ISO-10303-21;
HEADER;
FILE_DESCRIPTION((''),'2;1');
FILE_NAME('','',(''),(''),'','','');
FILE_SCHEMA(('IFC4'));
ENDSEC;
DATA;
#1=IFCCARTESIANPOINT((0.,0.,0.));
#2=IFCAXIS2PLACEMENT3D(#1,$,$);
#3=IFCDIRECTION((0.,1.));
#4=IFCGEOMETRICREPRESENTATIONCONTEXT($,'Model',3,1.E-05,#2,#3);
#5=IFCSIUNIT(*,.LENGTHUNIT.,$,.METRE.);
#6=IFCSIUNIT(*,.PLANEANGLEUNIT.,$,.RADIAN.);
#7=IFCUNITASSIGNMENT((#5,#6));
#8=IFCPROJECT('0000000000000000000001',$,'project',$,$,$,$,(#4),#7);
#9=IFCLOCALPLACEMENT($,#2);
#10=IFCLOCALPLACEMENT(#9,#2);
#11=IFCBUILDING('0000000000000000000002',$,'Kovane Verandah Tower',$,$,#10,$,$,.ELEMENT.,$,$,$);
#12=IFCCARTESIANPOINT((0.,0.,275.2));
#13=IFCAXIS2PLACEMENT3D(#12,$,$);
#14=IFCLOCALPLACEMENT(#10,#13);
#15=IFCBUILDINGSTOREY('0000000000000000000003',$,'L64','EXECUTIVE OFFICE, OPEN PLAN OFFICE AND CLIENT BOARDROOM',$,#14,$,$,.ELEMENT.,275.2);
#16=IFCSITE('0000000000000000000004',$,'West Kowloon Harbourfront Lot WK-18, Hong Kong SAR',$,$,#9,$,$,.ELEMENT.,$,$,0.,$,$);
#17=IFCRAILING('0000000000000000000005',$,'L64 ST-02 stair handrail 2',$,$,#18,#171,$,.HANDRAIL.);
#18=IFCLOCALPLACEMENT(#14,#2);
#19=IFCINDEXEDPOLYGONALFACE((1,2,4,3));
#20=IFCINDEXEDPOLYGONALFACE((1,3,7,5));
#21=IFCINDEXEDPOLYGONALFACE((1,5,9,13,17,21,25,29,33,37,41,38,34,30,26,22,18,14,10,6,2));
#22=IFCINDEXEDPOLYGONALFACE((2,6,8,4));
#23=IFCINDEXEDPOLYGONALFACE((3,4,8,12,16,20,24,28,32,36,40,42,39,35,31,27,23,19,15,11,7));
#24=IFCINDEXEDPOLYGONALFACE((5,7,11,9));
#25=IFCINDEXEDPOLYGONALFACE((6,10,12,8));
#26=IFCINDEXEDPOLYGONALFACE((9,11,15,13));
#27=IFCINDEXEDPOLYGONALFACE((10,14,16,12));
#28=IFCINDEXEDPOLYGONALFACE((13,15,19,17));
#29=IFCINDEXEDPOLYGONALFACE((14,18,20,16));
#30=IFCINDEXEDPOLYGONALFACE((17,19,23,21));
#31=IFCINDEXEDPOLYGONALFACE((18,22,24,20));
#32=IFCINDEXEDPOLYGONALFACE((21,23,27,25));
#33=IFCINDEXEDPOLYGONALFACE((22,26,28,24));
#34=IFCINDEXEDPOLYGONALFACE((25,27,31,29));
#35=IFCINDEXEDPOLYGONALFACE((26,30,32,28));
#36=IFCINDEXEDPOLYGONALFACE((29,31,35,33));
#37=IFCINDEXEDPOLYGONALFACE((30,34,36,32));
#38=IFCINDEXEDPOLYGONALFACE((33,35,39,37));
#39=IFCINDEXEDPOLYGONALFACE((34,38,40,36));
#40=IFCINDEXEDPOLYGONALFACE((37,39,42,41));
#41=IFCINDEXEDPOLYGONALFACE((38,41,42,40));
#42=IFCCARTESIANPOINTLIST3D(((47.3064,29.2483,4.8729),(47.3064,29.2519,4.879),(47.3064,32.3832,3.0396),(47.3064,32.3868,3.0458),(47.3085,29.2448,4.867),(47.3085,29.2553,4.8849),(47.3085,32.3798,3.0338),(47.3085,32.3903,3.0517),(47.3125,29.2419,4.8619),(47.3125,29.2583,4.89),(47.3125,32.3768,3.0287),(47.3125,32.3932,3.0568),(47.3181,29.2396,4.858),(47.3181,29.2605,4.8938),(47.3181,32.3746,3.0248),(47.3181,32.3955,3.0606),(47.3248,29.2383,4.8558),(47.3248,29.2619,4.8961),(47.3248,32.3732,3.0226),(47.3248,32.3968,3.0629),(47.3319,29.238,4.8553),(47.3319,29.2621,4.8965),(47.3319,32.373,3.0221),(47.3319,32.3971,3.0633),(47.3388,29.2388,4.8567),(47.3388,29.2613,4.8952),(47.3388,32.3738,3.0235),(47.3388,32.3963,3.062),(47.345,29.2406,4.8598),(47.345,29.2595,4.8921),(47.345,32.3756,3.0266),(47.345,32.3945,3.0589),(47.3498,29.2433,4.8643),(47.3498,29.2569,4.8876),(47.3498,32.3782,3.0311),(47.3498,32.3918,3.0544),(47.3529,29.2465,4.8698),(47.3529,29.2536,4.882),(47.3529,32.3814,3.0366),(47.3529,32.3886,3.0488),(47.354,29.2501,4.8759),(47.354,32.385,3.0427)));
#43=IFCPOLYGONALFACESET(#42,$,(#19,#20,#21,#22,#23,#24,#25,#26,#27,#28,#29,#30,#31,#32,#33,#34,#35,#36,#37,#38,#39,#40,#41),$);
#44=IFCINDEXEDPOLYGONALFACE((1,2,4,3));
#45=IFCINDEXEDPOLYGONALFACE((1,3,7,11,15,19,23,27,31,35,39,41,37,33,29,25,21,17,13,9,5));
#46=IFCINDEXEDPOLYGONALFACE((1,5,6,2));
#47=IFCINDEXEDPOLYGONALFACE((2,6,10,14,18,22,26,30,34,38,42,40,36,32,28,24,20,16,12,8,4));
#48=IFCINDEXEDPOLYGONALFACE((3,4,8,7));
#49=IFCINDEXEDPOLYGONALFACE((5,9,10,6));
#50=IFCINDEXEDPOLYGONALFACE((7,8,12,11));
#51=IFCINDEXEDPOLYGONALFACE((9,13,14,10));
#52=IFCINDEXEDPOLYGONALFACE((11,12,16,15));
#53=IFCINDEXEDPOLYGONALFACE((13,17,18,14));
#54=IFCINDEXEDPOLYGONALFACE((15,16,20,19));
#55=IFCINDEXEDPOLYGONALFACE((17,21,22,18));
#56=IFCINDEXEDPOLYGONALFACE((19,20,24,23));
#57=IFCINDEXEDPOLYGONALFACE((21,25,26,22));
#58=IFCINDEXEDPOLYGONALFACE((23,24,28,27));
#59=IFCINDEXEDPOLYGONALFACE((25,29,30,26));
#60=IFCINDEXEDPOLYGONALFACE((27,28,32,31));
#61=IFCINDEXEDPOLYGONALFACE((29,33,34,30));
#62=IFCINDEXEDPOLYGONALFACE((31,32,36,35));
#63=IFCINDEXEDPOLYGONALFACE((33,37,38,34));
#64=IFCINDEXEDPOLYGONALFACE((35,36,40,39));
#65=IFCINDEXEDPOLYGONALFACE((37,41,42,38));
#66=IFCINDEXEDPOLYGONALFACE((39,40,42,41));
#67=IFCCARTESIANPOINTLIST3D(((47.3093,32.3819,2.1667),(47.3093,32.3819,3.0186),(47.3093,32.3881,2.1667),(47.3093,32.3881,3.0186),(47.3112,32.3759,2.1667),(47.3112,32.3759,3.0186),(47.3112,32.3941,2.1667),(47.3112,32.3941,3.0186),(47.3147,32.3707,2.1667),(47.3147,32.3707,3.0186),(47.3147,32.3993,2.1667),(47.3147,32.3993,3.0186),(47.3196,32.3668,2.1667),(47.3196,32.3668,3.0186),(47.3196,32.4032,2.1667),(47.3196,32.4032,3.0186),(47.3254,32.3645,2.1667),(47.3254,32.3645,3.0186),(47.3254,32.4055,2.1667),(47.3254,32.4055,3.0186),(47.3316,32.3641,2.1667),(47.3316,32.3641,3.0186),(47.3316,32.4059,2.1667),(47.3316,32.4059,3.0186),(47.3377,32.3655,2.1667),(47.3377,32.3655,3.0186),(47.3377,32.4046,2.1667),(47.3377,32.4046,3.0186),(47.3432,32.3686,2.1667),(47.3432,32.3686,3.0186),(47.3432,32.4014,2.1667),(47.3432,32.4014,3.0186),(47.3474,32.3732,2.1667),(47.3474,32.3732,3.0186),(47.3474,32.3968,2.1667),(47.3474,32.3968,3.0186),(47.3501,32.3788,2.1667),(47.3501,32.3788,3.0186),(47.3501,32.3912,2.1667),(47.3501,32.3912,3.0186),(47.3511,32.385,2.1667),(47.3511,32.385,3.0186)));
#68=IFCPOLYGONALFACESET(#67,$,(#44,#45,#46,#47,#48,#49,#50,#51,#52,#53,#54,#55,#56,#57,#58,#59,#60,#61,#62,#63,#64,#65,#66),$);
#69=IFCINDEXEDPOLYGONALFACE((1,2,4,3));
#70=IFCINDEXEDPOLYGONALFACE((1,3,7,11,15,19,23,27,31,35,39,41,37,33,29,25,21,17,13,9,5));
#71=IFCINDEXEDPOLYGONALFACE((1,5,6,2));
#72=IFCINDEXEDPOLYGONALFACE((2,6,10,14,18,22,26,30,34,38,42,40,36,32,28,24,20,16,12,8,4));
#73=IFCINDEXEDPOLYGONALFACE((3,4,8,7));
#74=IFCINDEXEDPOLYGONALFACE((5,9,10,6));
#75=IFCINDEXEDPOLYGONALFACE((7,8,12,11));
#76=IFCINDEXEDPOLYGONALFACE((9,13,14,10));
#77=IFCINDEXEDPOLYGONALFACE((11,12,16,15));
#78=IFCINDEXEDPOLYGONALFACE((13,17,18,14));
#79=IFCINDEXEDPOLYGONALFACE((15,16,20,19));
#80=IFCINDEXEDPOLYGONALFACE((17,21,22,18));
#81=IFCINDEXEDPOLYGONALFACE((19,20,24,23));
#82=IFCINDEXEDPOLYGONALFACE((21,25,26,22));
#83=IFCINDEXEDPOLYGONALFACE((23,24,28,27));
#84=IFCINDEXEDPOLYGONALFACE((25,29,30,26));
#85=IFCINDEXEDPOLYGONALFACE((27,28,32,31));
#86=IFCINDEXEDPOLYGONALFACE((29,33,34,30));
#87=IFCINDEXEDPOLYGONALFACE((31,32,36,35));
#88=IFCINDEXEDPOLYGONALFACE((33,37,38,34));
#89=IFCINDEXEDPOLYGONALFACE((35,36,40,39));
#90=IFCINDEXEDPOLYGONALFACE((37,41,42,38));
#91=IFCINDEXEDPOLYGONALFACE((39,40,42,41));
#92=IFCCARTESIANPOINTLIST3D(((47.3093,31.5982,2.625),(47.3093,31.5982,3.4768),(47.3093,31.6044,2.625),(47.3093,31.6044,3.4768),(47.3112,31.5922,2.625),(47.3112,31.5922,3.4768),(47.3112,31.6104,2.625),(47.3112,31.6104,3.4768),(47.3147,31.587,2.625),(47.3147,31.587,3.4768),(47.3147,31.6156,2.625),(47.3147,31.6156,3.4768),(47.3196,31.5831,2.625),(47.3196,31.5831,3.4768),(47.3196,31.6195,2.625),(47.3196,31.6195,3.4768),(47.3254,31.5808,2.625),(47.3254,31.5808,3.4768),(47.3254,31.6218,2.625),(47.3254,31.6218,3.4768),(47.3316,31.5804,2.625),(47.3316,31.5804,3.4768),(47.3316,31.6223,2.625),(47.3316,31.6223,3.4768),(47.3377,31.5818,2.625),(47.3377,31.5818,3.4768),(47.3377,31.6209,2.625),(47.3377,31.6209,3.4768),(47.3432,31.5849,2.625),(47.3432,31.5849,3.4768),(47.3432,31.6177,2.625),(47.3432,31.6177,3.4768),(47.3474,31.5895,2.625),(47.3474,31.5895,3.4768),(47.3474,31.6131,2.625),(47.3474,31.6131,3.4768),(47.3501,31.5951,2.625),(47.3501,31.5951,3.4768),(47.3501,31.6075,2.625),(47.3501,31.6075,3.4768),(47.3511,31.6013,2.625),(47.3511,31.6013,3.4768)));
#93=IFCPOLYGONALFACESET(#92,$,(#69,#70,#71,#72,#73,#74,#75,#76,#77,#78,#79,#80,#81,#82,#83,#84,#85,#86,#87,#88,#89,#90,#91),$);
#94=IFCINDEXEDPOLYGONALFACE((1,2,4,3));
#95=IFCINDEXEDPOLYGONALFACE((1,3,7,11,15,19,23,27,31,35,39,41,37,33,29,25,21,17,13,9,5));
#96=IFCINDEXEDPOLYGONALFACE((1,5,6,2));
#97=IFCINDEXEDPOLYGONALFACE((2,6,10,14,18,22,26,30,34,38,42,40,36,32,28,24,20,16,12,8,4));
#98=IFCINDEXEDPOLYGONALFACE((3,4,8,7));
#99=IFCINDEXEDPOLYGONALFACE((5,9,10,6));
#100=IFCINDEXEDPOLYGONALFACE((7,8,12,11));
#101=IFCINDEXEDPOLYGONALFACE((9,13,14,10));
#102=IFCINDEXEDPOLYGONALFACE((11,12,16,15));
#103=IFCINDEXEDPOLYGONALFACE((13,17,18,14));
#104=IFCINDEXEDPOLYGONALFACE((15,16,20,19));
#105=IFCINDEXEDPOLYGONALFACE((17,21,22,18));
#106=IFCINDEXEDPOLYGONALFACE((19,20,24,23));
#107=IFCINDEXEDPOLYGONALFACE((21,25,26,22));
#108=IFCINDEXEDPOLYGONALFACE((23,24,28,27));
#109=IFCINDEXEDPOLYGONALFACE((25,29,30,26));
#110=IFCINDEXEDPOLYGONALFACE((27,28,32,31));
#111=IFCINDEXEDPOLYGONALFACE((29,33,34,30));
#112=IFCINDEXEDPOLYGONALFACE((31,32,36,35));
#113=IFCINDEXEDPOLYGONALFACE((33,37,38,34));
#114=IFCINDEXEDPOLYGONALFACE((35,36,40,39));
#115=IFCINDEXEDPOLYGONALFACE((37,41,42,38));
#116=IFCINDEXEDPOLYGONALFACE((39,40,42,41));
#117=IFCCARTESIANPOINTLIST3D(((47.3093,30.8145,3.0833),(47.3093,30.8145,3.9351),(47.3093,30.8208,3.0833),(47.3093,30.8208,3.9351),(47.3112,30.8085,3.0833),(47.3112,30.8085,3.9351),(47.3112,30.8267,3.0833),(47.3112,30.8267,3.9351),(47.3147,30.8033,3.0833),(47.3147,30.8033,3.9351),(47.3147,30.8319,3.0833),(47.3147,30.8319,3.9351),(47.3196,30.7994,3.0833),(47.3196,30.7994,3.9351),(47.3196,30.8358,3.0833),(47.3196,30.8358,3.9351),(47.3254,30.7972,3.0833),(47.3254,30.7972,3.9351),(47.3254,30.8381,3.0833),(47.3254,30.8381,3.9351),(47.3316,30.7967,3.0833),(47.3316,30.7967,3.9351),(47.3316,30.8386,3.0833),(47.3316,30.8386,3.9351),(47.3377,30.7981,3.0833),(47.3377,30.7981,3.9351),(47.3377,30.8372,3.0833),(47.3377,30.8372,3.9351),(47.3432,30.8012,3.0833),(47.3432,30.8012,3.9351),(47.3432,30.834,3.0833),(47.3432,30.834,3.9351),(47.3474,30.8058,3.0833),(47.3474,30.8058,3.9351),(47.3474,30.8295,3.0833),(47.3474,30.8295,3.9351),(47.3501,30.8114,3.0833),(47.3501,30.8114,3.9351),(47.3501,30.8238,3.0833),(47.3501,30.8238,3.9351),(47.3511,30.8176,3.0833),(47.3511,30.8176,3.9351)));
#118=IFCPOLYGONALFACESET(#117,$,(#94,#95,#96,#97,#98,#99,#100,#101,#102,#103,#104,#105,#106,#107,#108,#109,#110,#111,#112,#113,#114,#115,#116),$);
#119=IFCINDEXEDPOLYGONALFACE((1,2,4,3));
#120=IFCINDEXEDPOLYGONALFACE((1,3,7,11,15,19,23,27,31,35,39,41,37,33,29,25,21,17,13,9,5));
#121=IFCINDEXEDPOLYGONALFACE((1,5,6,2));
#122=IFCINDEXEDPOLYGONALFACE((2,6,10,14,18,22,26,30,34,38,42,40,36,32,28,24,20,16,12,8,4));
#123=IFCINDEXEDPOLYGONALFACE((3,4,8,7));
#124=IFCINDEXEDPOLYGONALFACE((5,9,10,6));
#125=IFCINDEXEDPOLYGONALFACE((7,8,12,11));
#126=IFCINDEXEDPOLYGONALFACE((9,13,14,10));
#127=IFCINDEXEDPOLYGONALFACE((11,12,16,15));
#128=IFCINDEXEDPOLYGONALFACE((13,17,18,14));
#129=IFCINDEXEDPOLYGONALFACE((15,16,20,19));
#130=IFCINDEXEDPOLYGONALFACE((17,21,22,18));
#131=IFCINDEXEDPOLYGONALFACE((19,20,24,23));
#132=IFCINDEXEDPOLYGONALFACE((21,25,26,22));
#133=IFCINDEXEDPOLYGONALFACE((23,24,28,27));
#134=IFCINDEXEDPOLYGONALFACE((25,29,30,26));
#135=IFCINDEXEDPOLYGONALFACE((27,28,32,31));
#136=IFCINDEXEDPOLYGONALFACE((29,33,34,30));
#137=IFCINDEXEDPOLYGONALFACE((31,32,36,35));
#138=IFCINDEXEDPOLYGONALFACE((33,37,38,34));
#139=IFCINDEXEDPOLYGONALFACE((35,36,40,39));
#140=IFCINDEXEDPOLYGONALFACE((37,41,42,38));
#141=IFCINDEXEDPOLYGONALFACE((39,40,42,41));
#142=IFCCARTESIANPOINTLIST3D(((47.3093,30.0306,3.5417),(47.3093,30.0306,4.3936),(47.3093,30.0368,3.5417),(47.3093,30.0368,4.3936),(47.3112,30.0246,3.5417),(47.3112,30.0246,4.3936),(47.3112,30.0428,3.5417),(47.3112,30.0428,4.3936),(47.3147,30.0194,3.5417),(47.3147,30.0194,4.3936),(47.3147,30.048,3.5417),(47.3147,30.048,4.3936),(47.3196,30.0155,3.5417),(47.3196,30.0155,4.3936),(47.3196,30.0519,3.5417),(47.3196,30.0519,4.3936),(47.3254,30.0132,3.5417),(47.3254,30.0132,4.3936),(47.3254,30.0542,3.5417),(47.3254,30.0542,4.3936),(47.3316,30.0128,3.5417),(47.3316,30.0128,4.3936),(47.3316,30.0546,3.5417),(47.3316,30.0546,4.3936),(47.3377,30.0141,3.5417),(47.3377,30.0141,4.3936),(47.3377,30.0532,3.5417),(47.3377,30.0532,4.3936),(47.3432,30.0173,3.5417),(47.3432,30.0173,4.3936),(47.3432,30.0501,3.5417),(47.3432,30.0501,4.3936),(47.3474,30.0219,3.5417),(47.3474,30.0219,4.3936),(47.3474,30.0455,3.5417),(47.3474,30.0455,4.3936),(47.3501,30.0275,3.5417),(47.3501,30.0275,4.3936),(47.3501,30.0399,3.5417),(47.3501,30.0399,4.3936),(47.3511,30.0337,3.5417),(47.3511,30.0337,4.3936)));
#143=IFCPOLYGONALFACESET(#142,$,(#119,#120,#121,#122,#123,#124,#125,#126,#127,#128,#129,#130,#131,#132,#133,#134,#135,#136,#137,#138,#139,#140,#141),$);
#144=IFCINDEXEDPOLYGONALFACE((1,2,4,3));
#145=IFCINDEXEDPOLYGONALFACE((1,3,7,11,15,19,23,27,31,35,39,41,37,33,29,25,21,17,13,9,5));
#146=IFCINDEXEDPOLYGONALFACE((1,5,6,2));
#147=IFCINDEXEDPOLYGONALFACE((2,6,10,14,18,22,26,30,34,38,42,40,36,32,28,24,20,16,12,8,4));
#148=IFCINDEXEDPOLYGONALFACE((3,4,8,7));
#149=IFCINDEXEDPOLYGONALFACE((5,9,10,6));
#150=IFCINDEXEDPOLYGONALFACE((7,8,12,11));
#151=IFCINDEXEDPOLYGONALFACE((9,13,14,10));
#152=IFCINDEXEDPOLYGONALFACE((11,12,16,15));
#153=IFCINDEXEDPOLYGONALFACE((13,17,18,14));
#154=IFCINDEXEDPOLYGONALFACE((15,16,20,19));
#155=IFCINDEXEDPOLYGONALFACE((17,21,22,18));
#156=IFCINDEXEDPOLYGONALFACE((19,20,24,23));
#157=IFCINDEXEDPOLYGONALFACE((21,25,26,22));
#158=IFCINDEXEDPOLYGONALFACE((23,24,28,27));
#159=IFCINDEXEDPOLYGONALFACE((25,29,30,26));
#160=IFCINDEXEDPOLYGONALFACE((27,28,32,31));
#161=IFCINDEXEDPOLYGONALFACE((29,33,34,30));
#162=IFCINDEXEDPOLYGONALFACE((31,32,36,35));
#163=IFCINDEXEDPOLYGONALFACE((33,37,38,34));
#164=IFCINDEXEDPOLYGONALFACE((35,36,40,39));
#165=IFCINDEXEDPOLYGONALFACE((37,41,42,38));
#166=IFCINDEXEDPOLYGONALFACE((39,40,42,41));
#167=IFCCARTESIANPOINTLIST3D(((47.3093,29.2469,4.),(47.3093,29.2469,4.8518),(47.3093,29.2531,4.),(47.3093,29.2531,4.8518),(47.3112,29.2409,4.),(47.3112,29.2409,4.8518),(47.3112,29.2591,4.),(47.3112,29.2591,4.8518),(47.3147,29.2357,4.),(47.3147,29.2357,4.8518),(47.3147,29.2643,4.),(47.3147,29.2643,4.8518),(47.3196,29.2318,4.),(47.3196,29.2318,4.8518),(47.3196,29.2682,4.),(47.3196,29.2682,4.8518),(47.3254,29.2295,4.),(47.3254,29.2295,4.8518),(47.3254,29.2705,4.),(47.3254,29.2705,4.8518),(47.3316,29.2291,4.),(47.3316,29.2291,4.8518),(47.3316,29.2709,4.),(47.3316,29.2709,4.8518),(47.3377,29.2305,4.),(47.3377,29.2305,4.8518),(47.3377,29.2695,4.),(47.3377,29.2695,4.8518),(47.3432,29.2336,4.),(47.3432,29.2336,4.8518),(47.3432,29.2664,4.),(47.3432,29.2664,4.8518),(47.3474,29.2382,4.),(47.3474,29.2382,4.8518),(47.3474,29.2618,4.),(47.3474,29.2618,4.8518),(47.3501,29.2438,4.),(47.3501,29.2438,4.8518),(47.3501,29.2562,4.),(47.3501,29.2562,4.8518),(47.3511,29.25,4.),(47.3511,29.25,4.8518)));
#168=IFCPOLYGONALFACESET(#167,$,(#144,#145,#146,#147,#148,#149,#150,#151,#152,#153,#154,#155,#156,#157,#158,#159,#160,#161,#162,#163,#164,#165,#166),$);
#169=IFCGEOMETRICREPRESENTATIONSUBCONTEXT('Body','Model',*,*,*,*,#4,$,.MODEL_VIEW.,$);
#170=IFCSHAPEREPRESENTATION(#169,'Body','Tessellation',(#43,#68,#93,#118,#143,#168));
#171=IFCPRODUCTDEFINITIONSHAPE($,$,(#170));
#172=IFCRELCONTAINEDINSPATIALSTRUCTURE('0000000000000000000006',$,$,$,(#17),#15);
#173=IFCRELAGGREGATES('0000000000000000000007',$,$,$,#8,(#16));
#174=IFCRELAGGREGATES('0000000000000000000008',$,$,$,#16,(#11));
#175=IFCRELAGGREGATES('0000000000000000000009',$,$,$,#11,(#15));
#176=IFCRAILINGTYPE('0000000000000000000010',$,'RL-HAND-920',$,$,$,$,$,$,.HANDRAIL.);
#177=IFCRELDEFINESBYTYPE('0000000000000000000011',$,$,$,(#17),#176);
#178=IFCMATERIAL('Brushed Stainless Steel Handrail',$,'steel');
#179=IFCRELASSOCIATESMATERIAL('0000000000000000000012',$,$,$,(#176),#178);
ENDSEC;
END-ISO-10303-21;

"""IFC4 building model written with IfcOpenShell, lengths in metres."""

from ifc_helpers import new_model, si_unit, direction, frame, origin, origin_2d, place, context, subcontext, project, spatial, circle, extrude, material, type_object, element, save


model = new_model("IFC4")

# Units and contexts
model_context = context("Model", 3, precision=1e-05, world=origin(), true_north=direction((0.0, 1.0)))
body_context = subcontext(model_context, "Body", "Model", "MODEL_VIEW")
ifc_project = project(units=[si_unit("LENGTHUNIT", "METRE"), si_unit("PLANEANGLEUNIT", "RADIAN")], contexts=[model_context])

# Site, building, storey
site_placement = place(None, origin())
site = spatial("IfcSite", under=ifc_project, at=site_placement, Name="West Kowloon Harbourfront Lot WK-18, Hong Kong SAR", CompositionType="ELEMENT", RefElevation=0.0)
building_placement = place(site_placement, origin())
building = spatial("IfcBuilding", under=site, at=building_placement, Name="Kovane Verandah Tower", CompositionType="ELEMENT")
storey_placement = place(building_placement, frame((0.0, 0.0, 275.2)))
storey = spatial("IfcBuildingStorey", under=building, at=storey_placement, Name="L64", Description="EXECUTIVE OFFICE, OPEN PLAN OFFICE AND CLIENT BOARDROOM", CompositionType="ELEMENT", Elevation=275.2)

# Railing
ifc_material_1 = material(Name="Brushed Stainless Steel Handrail", Category="steel")
railing_type_1 = type_object("IfcRailingType", Name="RL-HAND-920", PredefinedType="HANDRAIL", material=ifc_material_1)
for number, where, name in (
    (1, (47.3301, 32.385, 2.1667), "L64 ST-02 stair handrail 2"),
):
    element("IfcRailing", number, at=place(storey_placement, frame(where)), inside=storey, type_object=railing_type_1, Name=name, PredefinedType="HANDRAIL", context=body_context, shape_type="SweptSolid", body=[
        extrude(circle(Radius=0.0239, at=origin_2d()), frame((0.0, 0.0, 0.876), z_axis=(0.0, -0.86324, 0.504794), x_axis=(1.0, 0.0, 0.0)), (0.0, 0.0, 1.0), 3.6316),
        extrude(circle(Radius=0.021, at=origin_2d()), origin(), (0.0, 0.0, 1.0), 0.8518),
        extrude(circle(Radius=0.021, at=origin_2d()), frame((0.0, -0.7837, 0.4583)), (0.0, 0.0, 1.0), 0.8518),
        extrude(circle(Radius=0.021, at=origin_2d()), frame((0.0, -1.5674, 0.9165)), (0.0, 0.0, 1.0), 0.8518),
        extrude(circle(Radius=0.021, at=origin_2d()), frame((0.0, -2.3513, 1.375)), (0.0, 0.0, 1.0), 0.8518),
        extrude(circle(Radius=0.021, at=origin_2d()), frame((0.0, -3.135, 1.8333)), (0.0, 0.0, 1.0), 0.8518),
    ])

save(model, "model.ifc")
